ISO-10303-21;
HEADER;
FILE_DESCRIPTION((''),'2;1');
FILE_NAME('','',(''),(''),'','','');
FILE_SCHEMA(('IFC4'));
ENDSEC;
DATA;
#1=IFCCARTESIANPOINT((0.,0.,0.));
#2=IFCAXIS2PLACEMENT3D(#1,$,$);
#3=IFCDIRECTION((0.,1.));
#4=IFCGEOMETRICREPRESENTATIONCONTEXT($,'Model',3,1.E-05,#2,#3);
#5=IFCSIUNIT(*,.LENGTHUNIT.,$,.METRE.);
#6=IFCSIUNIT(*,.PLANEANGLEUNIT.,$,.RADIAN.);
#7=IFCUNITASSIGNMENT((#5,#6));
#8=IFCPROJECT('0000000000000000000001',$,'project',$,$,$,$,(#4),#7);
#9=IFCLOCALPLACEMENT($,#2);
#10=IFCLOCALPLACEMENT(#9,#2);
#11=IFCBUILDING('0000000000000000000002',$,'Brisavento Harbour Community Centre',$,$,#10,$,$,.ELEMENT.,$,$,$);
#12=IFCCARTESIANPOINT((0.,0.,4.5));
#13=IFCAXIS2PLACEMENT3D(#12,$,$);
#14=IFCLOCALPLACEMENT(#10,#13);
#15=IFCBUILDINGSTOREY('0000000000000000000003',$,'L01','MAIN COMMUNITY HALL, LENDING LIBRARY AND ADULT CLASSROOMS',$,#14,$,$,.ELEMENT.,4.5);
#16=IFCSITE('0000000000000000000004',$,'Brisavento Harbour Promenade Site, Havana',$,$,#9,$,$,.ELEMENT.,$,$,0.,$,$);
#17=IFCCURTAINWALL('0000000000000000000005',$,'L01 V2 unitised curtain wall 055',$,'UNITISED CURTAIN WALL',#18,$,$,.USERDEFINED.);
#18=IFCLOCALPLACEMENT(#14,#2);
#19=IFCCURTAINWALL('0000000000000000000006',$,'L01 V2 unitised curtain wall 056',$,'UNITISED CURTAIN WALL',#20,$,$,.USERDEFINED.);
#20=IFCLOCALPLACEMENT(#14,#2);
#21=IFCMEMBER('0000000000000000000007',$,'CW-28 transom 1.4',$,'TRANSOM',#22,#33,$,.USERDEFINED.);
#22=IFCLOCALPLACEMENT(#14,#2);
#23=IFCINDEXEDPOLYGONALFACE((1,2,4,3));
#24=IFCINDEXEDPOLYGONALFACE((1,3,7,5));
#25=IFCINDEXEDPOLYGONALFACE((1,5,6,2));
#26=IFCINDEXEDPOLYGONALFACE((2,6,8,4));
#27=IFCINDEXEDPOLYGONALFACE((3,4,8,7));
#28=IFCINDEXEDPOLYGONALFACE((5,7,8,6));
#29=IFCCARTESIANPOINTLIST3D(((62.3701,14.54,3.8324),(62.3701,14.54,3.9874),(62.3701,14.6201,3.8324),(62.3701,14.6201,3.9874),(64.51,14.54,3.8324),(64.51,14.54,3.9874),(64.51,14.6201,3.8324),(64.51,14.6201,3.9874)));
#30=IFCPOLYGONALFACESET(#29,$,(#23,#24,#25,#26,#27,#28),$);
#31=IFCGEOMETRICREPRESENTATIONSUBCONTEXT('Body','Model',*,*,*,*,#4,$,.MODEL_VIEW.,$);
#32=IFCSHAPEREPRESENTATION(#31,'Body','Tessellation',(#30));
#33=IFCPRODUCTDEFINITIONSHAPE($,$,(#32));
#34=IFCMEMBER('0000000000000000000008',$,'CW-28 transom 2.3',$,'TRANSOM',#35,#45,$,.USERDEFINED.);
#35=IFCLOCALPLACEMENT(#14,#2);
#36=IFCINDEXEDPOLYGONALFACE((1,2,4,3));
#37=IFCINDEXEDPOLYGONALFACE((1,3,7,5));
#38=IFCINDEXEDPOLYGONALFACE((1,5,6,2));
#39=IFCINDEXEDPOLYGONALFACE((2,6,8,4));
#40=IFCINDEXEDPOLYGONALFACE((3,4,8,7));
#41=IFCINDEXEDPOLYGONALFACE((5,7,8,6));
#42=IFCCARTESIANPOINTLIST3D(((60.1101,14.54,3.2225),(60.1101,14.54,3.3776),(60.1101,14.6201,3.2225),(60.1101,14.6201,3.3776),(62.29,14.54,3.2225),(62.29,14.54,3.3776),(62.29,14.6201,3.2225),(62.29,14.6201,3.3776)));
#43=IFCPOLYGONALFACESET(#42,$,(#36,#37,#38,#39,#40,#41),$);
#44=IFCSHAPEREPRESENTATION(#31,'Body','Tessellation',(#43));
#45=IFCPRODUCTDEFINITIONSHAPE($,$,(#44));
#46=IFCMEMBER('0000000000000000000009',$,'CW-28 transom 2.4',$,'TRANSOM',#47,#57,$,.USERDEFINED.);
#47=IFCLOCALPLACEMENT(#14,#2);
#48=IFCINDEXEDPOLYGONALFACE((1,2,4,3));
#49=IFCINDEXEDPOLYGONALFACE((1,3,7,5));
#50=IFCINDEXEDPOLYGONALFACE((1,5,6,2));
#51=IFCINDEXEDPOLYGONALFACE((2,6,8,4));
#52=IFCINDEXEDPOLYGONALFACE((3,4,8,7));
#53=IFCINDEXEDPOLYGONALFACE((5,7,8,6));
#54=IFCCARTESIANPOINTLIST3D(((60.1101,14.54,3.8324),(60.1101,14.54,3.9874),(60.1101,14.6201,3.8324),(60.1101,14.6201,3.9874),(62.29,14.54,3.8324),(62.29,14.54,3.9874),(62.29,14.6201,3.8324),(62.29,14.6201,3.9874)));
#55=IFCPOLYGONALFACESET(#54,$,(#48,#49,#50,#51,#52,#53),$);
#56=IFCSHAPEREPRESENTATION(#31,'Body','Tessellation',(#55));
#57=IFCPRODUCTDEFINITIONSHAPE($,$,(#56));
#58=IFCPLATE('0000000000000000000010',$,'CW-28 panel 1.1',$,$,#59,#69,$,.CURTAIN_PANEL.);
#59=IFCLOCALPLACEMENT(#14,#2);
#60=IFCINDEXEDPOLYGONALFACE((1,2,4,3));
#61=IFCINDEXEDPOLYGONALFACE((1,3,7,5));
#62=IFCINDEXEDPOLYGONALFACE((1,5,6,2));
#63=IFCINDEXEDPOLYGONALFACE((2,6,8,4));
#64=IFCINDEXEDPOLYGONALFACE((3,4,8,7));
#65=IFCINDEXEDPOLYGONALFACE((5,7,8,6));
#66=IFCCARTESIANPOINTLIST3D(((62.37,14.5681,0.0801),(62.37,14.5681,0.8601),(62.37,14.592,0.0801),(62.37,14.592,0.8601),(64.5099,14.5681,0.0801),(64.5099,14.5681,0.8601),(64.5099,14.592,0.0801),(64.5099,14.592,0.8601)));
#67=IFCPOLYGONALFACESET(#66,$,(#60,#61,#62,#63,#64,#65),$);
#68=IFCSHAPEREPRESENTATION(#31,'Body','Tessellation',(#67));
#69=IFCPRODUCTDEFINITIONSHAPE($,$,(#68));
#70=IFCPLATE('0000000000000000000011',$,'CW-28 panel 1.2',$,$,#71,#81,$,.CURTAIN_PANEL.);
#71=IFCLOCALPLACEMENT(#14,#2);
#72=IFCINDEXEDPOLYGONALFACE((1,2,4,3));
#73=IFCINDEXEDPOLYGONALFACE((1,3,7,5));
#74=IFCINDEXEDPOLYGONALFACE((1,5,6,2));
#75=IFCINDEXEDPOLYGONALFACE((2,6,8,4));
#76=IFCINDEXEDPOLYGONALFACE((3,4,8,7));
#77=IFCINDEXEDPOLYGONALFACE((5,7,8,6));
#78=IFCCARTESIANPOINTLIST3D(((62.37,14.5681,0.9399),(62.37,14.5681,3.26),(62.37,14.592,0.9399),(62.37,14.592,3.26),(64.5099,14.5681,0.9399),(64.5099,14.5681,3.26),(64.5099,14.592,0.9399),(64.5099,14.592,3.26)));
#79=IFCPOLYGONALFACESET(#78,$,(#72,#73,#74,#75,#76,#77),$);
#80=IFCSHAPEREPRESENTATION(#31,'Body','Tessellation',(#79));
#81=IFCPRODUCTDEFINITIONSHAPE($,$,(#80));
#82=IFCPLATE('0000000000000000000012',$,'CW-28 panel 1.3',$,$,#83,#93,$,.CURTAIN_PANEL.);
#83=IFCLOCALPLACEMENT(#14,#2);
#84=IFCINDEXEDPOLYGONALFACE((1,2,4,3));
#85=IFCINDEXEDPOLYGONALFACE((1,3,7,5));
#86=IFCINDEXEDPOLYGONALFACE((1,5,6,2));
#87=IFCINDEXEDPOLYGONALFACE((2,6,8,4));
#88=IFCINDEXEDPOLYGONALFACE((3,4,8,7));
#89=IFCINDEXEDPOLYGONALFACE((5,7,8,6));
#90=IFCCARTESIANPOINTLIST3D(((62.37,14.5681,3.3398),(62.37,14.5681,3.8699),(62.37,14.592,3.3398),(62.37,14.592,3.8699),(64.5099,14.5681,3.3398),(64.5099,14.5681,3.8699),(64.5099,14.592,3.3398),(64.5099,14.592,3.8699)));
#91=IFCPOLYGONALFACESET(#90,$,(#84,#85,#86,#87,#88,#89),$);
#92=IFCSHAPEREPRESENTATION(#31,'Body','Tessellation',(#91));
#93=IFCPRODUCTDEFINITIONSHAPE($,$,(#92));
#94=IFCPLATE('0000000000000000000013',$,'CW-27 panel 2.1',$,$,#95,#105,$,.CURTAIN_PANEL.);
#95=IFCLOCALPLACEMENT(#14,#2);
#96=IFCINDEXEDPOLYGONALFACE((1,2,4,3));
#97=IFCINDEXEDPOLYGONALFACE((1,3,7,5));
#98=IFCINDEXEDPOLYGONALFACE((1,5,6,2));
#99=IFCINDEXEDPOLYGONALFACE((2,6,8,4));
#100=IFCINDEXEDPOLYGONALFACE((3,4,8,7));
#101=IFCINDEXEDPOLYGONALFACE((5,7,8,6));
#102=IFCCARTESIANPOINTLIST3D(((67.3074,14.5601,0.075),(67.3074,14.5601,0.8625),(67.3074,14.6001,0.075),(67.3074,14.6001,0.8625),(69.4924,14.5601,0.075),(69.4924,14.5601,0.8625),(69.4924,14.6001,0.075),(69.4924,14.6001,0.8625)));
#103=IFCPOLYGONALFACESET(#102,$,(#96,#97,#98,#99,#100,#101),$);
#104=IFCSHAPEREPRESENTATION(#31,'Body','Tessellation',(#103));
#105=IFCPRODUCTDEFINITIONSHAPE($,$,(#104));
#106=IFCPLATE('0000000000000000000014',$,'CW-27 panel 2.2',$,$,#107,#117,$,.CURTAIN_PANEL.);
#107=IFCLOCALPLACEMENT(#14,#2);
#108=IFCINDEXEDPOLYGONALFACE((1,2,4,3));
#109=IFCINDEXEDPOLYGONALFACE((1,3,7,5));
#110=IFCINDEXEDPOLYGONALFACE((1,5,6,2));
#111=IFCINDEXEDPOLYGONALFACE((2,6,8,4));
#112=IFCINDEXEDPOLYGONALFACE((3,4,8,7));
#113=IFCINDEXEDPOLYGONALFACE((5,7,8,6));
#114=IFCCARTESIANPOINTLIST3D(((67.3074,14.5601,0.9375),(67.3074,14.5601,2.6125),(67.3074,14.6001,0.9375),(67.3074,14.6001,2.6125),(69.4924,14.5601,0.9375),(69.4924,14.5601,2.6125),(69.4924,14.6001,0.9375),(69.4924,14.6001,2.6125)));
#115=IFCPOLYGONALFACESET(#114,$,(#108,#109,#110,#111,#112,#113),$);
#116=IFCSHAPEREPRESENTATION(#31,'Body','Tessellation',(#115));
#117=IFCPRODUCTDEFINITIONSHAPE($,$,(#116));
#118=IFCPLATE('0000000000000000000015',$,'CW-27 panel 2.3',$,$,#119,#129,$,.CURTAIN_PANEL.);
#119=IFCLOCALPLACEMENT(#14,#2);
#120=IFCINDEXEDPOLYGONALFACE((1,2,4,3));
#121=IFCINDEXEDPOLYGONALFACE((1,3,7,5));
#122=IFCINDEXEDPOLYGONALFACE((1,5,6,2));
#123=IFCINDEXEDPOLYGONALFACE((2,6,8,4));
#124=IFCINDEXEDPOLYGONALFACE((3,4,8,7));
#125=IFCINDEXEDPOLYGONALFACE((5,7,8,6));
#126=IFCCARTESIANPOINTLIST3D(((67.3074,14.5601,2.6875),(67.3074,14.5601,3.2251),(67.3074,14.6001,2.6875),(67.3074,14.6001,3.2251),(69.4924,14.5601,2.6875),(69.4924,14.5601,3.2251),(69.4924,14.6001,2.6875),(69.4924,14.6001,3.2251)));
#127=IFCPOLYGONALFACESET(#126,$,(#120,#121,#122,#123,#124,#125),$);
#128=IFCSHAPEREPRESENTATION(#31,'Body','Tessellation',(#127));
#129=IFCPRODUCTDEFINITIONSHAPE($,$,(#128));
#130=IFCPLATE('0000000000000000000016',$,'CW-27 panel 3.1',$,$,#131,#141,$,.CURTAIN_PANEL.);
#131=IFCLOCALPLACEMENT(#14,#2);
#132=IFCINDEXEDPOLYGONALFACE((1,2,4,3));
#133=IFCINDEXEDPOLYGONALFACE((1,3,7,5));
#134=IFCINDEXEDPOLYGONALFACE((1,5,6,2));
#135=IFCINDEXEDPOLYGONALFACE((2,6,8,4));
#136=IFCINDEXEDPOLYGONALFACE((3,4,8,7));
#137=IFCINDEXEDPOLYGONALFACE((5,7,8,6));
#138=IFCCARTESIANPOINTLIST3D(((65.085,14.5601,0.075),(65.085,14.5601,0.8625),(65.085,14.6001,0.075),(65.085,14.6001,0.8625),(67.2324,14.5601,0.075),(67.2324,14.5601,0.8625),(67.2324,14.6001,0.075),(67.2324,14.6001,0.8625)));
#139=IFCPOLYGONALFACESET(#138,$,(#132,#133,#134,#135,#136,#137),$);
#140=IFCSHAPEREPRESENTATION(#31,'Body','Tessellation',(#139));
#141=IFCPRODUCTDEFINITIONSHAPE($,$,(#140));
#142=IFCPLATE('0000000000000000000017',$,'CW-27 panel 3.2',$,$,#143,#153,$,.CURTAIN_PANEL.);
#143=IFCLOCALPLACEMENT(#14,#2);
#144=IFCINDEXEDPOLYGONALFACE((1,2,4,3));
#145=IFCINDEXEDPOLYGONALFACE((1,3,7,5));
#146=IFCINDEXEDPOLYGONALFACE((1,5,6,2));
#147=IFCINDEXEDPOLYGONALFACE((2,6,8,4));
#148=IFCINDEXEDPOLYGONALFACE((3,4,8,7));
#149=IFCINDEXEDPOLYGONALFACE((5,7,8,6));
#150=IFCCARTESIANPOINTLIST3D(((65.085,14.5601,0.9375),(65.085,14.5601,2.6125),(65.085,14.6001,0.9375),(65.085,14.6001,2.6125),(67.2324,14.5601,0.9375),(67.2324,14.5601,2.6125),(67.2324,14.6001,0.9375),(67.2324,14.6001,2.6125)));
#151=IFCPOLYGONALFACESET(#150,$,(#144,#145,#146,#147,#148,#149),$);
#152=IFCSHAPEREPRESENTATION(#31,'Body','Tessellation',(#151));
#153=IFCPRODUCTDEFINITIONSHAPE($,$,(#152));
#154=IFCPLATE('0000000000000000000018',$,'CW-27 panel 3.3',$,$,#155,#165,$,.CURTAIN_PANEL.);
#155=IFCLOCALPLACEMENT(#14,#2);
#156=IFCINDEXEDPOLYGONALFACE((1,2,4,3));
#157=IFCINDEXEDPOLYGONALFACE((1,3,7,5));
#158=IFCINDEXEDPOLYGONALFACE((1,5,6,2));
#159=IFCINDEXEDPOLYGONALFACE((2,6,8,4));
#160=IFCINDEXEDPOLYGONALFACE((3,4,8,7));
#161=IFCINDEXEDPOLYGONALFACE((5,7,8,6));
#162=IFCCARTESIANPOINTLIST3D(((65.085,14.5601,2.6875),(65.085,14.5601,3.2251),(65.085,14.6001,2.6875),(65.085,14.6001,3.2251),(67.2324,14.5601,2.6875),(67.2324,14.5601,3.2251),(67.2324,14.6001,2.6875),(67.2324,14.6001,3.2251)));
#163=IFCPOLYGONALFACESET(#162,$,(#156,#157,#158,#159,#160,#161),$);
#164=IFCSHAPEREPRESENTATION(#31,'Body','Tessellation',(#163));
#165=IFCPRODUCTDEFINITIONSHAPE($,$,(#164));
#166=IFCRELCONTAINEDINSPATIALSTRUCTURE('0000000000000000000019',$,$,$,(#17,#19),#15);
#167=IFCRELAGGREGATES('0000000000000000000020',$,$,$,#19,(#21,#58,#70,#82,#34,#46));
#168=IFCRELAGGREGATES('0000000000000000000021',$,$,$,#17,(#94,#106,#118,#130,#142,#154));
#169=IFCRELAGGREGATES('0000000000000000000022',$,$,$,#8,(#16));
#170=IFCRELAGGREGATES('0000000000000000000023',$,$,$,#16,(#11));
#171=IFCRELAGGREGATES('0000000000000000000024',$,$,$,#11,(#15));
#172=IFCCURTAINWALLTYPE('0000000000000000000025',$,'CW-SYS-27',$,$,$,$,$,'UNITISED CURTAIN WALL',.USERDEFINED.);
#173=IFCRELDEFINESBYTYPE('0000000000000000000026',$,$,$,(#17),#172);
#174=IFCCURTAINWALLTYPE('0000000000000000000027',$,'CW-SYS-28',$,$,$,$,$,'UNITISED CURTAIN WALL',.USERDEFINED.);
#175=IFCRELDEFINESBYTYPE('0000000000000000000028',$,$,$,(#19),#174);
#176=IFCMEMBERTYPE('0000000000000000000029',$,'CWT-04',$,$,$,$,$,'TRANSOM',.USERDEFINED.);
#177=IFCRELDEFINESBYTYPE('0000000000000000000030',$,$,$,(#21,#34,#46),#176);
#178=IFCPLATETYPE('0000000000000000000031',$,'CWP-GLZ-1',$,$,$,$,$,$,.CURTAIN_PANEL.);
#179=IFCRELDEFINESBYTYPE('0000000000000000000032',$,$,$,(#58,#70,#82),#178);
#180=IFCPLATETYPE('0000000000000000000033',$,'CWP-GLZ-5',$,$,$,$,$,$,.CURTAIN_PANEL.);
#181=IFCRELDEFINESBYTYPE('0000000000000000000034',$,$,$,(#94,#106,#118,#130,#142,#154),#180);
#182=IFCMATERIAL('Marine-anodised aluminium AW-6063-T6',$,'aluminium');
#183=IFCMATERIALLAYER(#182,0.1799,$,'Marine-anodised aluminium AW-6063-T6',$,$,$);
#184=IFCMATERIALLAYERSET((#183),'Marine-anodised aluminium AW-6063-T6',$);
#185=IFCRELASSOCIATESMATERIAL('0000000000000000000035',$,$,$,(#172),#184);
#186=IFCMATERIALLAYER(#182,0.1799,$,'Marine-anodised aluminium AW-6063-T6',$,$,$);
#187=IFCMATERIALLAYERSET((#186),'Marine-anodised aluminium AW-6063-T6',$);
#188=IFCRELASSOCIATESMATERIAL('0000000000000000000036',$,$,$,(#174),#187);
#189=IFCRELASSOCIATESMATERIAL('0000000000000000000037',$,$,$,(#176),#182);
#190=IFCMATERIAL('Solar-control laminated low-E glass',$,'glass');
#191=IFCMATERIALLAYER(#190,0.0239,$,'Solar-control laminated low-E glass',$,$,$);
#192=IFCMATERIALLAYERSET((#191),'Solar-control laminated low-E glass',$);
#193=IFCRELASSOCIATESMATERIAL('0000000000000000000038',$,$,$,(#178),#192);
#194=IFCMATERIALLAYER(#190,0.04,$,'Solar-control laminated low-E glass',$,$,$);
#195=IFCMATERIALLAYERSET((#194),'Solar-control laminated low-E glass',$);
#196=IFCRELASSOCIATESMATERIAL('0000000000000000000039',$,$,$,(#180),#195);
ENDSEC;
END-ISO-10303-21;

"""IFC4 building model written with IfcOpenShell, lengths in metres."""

from ifc_helpers import new_model, si_unit, direction, frame, origin, origin_2d, place, context, subcontext, project, spatial, rectangle, extrude, material, layer, layer_set, material_profile, profile_set, type_object, element, aggregate, save


model = new_model("IFC4")

# Units and contexts
model_context = context("Model", 3, precision=1e-05, world=origin(), true_north=direction((0.0, 1.0)))
body_context = subcontext(model_context, "Body", "Model", "MODEL_VIEW")
ifc_project = project(units=[si_unit("LENGTHUNIT", "METRE"), si_unit("PLANEANGLEUNIT", "RADIAN")], contexts=[model_context])

# Site, building, storey
site_placement = place(None, origin())
site = spatial("IfcSite", under=ifc_project, at=site_placement, Name="Brisavento Harbour Promenade Site, Havana", CompositionType="ELEMENT", RefElevation=0.0)
building_placement = place(site_placement, origin())
building = spatial("IfcBuilding", under=site, at=building_placement, Name="Brisavento Harbour Community Centre", CompositionType="ELEMENT")
storey_placement = place(building_placement, frame((0.0, 0.0, 4.5)))
storey = spatial("IfcBuildingStorey", under=building, at=storey_placement, Name="L01", Description="MAIN COMMUNITY HALL, LENDING LIBRARY AND ADULT CLASSROOMS", CompositionType="ELEMENT", Elevation=4.5)

# Curtain walls
ifc_material_1 = material(Name="Marine-anodised aluminium AW-6063-T6", Category="aluminium")
ifc_layer_1 = layer(ifc_material_1, 0.1799, Name="Marine-anodised aluminium AW-6063-T6")
ifc_layer_set_1 = layer_set([ifc_layer_1], Name="Marine-anodised aluminium AW-6063-T6")
curtain_wall_type_1 = type_object("IfcCurtainWallType", Name="CW-SYS-27", ElementType="UNITISED CURTAIN WALL", PredefinedType="USERDEFINED", material=ifc_layer_set_1)
curtain_wall_1_placement = place(storey_placement, origin())
curtain_wall_1 = element("IfcCurtainWall", 1, at=curtain_wall_1_placement, inside=storey, type_object=curtain_wall_type_1, Name="L01 V2 unitised curtain wall 055", ObjectType="UNITISED CURTAIN WALL", PredefinedType="USERDEFINED")
ifc_layer_2 = layer(ifc_material_1, 0.1799, Name="Marine-anodised aluminium AW-6063-T6")
ifc_layer_set_2 = layer_set([ifc_layer_2], Name="Marine-anodised aluminium AW-6063-T6")
curtain_wall_type_2 = type_object("IfcCurtainWallType", Name="CW-SYS-28", ElementType="UNITISED CURTAIN WALL", PredefinedType="USERDEFINED", material=ifc_layer_set_2)
curtain_wall_2_placement = place(storey_placement, origin())
curtain_wall_2 = element("IfcCurtainWall", 2, at=curtain_wall_2_placement, inside=storey, type_object=curtain_wall_type_2, Name="L01 V2 unitised curtain wall 056", ObjectType="UNITISED CURTAIN WALL", PredefinedType="USERDEFINED")

# Members
ifc_material_profile_1 = material_profile(ifc_material_1, rectangle(XDim=0.0801, YDim=0.155, at=origin_2d()), Name="Marine-anodised aluminium AW-6063-T6")
ifc_profile_set_1 = profile_set([ifc_material_profile_1], Name="Marine-anodised aluminium AW-6063-T6")
member_type_1 = type_object("IfcMemberType", Name="CWT-04", ElementType="TRANSOM", PredefinedType="USERDEFINED", material=ifc_profile_set_1)
member_1_placement = place(storey_placement, frame((64.51, 14.5801, 3.9099), z_axis=(-1.0, 0.0, 0.0), x_axis=(0.0, -1.0, 0.0)))
member_1 = element("IfcMember", 3, at=member_1_placement, type_object=member_type_1, Name="CW-28 transom 1.4", ObjectType="TRANSOM", PredefinedType="USERDEFINED", context=body_context, shape_type="SweptSolid", body=[
    extrude(rectangle(XDim=0.0801, YDim=0.155, at=origin_2d()), origin(), (0.0, 0.0, 1.0), 2.1399),
])
member_2_placement = place(storey_placement, frame((62.29, 14.5801, 3.3), z_axis=(-1.0, 0.0, 0.0), x_axis=(0.0, -1.0, 0.0)))
member_2 = element("IfcMember", 4, at=member_2_placement, type_object=member_type_1, Name="CW-28 transom 2.3", ObjectType="TRANSOM", PredefinedType="USERDEFINED", context=body_context, shape_type="SweptSolid", body=[
    extrude(rectangle(XDim=0.0801, YDim=0.155, at=origin_2d()), origin(), (0.0, 0.0, 1.0), 2.1799),
])
member_3_placement = place(storey_placement, frame((62.29, 14.5801, 3.9099), z_axis=(-1.0, 0.0, 0.0), x_axis=(0.0, -1.0, 0.0)))
member_3 = element("IfcMember", 5, at=member_3_placement, type_object=member_type_1, Name="CW-28 transom 2.4", ObjectType="TRANSOM", PredefinedType="USERDEFINED", context=body_context, shape_type="SweptSolid", body=[
    extrude(rectangle(XDim=0.0801, YDim=0.155, at=origin_2d()), origin(), (0.0, 0.0, 1.0), 2.1799),
])

# Plates
ifc_material_2 = material(Name="Solar-control laminated low-E glass", Category="glass")
ifc_layer_3 = layer(ifc_material_2, 0.0239, Name="Solar-control laminated low-E glass")
ifc_layer_set_3 = layer_set([ifc_layer_3], Name="Solar-control laminated low-E glass")
plate_type_1 = type_object("IfcPlateType", Name="CWP-GLZ-1", PredefinedType="CURTAIN_PANEL", material=ifc_layer_set_3)
plate_1_placement = place(storey_placement, frame((63.4399, 14.5801, 0.0801), z_axis=(0.0, 0.0, 1.0), x_axis=(-1.0, 0.0, 0.0)))
plate_1 = element("IfcPlate", 6, at=plate_1_placement, type_object=plate_type_1, Name="CW-28 panel 1.1", PredefinedType="CURTAIN_PANEL", context=body_context, shape_type="SweptSolid", body=[
    extrude(rectangle(XDim=2.1399, YDim=0.0239, at=origin_2d()), origin(), (0.0, 0.0, 1.0), 0.78),
])
plate_2_placement = place(storey_placement, frame((63.4399, 14.5801, 0.9399), z_axis=(0.0, 0.0, 1.0), x_axis=(-1.0, 0.0, 0.0)))
plate_2 = element("IfcPlate", 7, at=plate_2_placement, type_object=plate_type_1, Name="CW-28 panel 1.2", PredefinedType="CURTAIN_PANEL", context=body_context, shape_type="SweptSolid", body=[
    extrude(rectangle(XDim=2.1399, YDim=0.0239, at=origin_2d()), origin(), (0.0, 0.0, 1.0), 2.3201),
])
plate_3_placement = place(storey_placement, frame((63.4399, 14.5801, 3.3398), z_axis=(0.0, 0.0, 1.0), x_axis=(-1.0, 0.0, 0.0)))
plate_3 = element("IfcPlate", 8, at=plate_3_placement, type_object=plate_type_1, Name="CW-28 panel 1.3", PredefinedType="CURTAIN_PANEL", context=body_context, shape_type="SweptSolid", body=[
    extrude(rectangle(XDim=2.1399, YDim=0.0239, at=origin_2d()), origin(), (0.0, 0.0, 1.0), 0.53),
])
aggregate(curtain_wall_2, [member_1, plate_1, plate_2, plate_3, member_2, member_3])
ifc_layer_4 = layer(ifc_material_2, 0.04, Name="Solar-control laminated low-E glass")
ifc_layer_set_4 = layer_set([ifc_layer_4], Name="Solar-control laminated low-E glass")
plate_type_2 = type_object("IfcPlateType", Name="CWP-GLZ-5", PredefinedType="CURTAIN_PANEL", material=ifc_layer_set_4)
plate_4_placement = place(storey_placement, frame((68.3999, 14.5801, 0.075), z_axis=(0.0, 0.0, 1.0), x_axis=(-1.0, 0.0, 0.0)))
plate_4 = element("IfcPlate", 9, at=plate_4_placement, type_object=plate_type_2, Name="CW-27 panel 2.1", PredefinedType="CURTAIN_PANEL", context=body_context, shape_type="SweptSolid", body=[
    extrude(rectangle(XDim=2.1851, YDim=0.04, at=origin_2d()), origin(), (0.0, 0.0, 1.0), 0.7876),
])
plate_5_placement = place(storey_placement, frame((68.3999, 14.5801, 0.9375), z_axis=(0.0, 0.0, 1.0), x_axis=(-1.0, 0.0, 0.0)))
plate_5 = element("IfcPlate", 10, at=plate_5_placement, type_object=plate_type_2, Name="CW-27 panel 2.2", PredefinedType="CURTAIN_PANEL", context=body_context, shape_type="SweptSolid", body=[
    extrude(rectangle(XDim=2.1851, YDim=0.04, at=origin_2d()), origin(), (0.0, 0.0, 1.0), 1.675),
])
plate_6_placement = place(storey_placement, frame((68.3999, 14.5801, 2.6875), z_axis=(0.0, 0.0, 1.0), x_axis=(-1.0, 0.0, 0.0)))
plate_6 = element("IfcPlate", 11, at=plate_6_placement, type_object=plate_type_2, Name="CW-27 panel 2.3", PredefinedType="CURTAIN_PANEL", context=body_context, shape_type="SweptSolid", body=[
    extrude(rectangle(XDim=2.1851, YDim=0.04, at=origin_2d()), origin(), (0.0, 0.0, 1.0), 0.5376),
])
plate_7_placement = place(storey_placement, frame((66.1587, 14.5801, 0.075), z_axis=(0.0, 0.0, 1.0), x_axis=(-1.0, 0.0, 0.0)))
plate_7 = element("IfcPlate", 12, at=plate_7_placement, type_object=plate_type_2, Name="CW-27 panel 3.1", PredefinedType="CURTAIN_PANEL", context=body_context, shape_type="SweptSolid", body=[
    extrude(rectangle(XDim=2.1475, YDim=0.04, at=origin_2d()), origin(), (0.0, 0.0, 1.0), 0.7876),
])
plate_8_placement = place(storey_placement, frame((66.1587, 14.5801, 0.9375), z_axis=(0.0, 0.0, 1.0), x_axis=(-1.0, 0.0, 0.0)))
plate_8 = element("IfcPlate", 13, at=plate_8_placement, type_object=plate_type_2, Name="CW-27 panel 3.2", PredefinedType="CURTAIN_PANEL", context=body_context, shape_type="SweptSolid", body=[
    extrude(rectangle(XDim=2.1475, YDim=0.04, at=origin_2d()), origin(), (0.0, 0.0, 1.0), 1.675),
])
plate_9_placement = place(storey_placement, frame((66.1587, 14.5801, 2.6875), z_axis=(0.0, 0.0, 1.0), x_axis=(-1.0, 0.0, 0.0)))
plate_9 = element("IfcPlate", 14, at=plate_9_placement, type_object=plate_type_2, Name="CW-27 panel 3.3", PredefinedType="CURTAIN_PANEL", context=body_context, shape_type="SweptSolid", body=[
    extrude(rectangle(XDim=2.1475, YDim=0.04, at=origin_2d()), origin(), (0.0, 0.0, 1.0), 0.5376),
])
aggregate(curtain_wall_1, [plate_4, plate_5, plate_6, plate_7, plate_8, plate_9])

save(model, "model.ifc")
